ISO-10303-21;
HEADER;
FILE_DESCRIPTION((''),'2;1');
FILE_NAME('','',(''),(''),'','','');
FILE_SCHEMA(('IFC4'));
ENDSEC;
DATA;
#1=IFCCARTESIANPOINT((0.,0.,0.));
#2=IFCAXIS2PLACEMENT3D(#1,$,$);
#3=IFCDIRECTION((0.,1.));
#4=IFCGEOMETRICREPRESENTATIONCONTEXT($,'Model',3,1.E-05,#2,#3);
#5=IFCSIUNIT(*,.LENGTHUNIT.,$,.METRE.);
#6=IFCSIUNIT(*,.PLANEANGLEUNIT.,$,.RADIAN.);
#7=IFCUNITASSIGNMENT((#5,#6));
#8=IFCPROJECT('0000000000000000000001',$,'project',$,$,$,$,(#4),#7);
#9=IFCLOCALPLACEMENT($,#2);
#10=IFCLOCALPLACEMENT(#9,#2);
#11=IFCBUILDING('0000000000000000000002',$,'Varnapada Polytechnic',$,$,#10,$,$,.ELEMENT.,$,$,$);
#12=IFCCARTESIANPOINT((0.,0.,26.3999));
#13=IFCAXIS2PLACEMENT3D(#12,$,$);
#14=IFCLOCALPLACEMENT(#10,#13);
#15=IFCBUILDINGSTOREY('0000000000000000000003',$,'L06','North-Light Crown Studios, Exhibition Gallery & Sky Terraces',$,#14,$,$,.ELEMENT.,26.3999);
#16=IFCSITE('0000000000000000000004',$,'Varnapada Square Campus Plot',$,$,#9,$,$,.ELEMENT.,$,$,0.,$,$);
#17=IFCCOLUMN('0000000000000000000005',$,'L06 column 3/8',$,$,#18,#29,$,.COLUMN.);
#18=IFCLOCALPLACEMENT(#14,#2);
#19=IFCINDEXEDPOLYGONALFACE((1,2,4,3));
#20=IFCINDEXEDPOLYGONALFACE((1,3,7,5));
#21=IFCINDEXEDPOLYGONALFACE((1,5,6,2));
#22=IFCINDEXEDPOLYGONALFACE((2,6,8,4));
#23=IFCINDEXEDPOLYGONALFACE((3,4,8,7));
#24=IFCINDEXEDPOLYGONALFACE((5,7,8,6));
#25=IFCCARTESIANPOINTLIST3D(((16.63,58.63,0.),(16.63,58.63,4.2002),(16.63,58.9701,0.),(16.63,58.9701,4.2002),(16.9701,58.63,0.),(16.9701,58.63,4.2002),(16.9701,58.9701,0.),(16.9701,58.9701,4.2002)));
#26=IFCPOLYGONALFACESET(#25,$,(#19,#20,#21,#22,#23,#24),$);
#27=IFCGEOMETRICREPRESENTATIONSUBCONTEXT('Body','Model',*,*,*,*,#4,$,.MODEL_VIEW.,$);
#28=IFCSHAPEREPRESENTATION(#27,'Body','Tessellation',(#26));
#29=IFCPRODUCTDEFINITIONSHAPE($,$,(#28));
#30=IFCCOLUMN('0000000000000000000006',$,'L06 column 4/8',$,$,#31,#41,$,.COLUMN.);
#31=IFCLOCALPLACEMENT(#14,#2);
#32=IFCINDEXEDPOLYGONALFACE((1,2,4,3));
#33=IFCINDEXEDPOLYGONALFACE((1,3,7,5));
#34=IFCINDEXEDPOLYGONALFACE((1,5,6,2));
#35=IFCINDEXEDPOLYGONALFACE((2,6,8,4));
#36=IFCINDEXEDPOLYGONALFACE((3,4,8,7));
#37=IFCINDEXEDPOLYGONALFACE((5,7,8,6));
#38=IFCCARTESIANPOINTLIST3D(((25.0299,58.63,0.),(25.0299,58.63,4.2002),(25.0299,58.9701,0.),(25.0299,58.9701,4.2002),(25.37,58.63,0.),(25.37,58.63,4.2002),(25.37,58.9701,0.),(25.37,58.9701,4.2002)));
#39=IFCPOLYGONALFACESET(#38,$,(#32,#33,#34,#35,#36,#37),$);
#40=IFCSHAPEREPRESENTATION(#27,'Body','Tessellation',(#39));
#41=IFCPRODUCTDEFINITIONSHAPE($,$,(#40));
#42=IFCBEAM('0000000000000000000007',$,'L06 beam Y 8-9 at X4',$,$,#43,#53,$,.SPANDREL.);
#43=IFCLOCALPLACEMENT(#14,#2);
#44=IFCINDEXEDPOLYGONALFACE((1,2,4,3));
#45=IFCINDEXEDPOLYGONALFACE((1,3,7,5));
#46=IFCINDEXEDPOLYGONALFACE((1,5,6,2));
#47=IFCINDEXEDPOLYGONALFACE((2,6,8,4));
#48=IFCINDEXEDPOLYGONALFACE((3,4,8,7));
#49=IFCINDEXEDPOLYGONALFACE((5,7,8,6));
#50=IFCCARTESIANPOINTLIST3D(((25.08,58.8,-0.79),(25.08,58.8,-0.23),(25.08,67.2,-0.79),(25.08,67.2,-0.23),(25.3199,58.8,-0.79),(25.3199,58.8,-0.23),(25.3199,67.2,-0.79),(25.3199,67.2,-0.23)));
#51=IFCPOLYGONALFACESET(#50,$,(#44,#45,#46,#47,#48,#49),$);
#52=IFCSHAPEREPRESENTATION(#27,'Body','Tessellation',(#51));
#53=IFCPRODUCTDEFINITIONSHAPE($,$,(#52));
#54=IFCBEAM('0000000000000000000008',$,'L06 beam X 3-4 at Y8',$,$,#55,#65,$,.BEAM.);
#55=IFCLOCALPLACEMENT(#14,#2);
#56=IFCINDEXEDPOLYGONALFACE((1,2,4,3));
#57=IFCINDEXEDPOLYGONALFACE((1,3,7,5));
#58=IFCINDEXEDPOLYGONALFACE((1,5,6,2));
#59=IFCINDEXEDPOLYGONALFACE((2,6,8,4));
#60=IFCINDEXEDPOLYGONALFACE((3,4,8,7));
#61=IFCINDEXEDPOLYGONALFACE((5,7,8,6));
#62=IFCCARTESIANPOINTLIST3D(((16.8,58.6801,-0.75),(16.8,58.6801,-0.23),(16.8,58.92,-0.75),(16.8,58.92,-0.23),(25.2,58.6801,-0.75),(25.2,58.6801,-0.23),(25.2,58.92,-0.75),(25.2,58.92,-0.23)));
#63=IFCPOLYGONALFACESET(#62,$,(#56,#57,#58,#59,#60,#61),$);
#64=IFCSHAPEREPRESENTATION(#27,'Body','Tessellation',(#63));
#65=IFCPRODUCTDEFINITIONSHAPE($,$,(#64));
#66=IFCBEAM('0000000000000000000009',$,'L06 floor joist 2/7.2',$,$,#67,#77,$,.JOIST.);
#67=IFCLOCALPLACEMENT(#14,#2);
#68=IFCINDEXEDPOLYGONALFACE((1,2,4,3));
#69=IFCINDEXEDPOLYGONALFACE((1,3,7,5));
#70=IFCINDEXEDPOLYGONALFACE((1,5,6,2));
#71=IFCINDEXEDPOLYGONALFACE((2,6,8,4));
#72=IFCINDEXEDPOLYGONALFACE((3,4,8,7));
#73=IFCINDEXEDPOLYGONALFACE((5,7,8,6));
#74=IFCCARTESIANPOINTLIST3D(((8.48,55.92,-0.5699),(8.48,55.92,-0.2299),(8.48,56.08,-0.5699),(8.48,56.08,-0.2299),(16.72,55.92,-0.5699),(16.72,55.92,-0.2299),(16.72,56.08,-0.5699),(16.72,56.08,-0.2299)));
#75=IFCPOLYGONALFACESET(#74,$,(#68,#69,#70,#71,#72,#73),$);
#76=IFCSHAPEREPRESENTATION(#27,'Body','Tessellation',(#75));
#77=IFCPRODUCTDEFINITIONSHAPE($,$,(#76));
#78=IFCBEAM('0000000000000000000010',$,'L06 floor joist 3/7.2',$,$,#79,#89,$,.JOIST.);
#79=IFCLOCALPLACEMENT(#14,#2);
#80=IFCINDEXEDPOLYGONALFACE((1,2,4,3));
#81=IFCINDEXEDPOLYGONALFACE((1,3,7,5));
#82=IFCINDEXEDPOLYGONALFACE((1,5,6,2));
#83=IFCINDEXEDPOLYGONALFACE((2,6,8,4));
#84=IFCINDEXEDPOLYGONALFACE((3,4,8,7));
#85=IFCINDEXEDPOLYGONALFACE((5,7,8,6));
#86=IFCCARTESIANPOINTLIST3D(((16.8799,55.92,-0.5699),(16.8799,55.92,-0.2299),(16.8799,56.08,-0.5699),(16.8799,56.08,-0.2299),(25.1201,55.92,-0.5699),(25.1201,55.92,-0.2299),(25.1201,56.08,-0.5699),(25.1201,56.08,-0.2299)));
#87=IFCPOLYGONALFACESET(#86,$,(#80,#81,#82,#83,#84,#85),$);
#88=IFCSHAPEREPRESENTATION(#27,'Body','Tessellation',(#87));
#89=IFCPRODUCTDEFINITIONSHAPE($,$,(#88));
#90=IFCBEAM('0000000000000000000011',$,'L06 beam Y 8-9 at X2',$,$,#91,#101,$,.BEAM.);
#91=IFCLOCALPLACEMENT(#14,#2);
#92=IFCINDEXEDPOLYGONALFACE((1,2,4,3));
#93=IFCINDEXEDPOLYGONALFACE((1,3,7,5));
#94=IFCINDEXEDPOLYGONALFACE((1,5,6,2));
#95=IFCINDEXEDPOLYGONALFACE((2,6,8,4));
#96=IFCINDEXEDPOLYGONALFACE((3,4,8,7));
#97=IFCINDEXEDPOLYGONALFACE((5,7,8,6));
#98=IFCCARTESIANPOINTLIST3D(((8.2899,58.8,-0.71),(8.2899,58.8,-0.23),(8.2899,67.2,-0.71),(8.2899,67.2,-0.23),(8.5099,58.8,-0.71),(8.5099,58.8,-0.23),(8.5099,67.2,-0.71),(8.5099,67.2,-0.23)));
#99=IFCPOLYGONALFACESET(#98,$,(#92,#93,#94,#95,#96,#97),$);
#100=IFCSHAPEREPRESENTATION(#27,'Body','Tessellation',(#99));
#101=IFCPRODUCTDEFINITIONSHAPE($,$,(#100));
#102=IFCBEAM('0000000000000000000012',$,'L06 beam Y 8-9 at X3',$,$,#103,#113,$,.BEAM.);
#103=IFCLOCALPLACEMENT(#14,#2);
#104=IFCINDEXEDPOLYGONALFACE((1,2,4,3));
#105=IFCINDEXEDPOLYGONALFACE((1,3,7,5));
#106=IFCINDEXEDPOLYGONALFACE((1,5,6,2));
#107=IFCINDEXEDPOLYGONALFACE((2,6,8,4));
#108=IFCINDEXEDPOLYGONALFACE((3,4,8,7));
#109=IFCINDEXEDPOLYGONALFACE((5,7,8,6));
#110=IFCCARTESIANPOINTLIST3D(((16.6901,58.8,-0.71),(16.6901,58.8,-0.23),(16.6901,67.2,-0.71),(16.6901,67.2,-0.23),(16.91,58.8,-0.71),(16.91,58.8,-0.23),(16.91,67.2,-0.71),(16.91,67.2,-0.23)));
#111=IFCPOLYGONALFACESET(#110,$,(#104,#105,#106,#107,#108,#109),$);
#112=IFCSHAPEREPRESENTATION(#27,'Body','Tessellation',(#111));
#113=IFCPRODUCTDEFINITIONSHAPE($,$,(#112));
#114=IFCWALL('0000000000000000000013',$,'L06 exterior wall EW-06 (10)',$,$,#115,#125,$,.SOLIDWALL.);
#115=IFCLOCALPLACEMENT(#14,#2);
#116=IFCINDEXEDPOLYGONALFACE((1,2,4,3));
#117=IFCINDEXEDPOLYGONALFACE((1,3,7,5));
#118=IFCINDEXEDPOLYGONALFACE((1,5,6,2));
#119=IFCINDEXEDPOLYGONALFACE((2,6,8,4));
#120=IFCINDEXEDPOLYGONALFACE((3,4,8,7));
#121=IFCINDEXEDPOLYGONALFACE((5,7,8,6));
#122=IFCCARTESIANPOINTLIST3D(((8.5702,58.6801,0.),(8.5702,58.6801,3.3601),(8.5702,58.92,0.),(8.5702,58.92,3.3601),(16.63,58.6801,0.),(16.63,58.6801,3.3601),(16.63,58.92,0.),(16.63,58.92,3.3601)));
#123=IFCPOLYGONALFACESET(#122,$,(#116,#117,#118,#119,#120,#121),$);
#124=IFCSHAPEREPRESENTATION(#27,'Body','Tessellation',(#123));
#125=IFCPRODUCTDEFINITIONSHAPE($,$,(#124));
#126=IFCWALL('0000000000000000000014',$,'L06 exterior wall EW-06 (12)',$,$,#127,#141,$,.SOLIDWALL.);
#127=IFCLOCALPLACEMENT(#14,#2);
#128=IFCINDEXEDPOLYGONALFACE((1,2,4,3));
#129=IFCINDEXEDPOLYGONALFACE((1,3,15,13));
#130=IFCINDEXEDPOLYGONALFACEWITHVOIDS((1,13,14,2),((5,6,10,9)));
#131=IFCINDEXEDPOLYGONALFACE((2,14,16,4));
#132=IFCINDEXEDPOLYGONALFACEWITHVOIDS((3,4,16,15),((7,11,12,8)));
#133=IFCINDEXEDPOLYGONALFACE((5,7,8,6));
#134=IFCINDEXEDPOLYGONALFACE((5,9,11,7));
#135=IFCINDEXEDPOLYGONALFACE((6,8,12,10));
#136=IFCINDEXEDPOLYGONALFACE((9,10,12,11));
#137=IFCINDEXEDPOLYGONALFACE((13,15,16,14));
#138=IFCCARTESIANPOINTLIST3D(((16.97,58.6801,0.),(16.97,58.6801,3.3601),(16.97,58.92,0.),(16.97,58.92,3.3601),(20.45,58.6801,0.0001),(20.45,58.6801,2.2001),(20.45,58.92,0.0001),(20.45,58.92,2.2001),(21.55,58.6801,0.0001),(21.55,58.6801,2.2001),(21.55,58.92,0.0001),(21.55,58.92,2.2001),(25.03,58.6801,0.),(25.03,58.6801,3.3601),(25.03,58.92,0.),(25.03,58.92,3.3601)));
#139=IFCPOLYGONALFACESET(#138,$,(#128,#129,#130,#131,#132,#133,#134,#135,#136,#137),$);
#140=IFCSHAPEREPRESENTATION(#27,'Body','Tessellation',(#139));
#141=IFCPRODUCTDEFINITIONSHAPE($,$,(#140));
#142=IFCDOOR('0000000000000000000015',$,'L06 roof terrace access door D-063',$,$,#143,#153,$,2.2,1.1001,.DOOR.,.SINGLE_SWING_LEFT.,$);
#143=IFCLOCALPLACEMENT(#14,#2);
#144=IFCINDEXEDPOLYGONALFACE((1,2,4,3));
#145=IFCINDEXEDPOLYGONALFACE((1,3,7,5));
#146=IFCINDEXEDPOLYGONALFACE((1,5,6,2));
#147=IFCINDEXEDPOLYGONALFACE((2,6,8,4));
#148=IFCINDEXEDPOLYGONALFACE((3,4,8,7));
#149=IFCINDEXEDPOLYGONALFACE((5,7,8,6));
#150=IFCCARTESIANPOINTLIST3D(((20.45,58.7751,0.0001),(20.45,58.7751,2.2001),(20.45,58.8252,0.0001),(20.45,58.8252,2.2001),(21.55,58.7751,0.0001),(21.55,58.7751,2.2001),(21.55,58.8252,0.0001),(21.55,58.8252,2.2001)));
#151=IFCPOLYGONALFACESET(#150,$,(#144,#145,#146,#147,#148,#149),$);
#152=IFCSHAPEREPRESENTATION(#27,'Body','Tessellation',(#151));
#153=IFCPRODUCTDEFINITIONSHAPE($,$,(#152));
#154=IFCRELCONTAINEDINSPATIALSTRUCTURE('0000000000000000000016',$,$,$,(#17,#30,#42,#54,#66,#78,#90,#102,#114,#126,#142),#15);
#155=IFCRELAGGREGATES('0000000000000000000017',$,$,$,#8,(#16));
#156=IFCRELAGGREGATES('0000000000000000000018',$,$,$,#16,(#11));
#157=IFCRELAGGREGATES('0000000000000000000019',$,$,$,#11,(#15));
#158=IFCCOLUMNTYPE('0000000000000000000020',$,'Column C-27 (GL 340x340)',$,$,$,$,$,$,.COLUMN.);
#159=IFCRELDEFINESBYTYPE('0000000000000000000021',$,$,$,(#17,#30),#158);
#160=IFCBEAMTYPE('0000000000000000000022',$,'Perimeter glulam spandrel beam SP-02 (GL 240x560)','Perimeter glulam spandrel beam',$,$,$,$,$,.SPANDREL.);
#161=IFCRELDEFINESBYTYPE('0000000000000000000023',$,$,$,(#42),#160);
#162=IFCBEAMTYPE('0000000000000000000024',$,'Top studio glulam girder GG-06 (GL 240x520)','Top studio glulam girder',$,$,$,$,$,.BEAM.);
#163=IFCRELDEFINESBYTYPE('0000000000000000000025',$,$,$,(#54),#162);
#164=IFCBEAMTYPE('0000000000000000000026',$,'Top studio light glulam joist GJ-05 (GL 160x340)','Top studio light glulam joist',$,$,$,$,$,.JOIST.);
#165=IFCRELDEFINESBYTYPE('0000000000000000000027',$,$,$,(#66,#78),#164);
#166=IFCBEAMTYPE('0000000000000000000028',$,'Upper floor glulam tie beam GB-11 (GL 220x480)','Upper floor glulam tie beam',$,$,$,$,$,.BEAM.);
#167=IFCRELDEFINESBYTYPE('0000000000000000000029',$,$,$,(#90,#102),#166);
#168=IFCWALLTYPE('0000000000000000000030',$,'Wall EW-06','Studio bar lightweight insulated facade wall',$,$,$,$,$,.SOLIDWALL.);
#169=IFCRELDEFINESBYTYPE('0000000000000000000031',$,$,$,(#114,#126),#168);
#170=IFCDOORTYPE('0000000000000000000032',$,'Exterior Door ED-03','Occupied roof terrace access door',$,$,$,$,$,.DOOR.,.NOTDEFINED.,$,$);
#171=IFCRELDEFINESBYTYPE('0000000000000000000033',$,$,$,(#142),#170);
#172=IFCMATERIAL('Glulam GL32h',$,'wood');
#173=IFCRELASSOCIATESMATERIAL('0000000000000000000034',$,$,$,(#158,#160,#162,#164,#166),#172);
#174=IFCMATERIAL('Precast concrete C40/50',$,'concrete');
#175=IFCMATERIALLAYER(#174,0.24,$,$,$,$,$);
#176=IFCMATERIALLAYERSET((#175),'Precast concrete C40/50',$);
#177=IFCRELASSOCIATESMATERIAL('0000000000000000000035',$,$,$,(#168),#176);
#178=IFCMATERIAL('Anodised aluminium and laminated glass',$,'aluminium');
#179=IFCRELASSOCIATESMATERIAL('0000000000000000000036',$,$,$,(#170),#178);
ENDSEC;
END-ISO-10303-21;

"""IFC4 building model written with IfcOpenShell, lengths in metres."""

from ifc_helpers import new_model, si_unit, direction, frame, frame_2d, origin, origin_2d, place, context, subcontext, project, spatial, rectangle, extrude, material, layer, layer_set, material_profile, profile_set, type_object, element, fill, save


model = new_model("IFC4")

# Units and contexts
model_context = context("Model", 3, precision=1e-05, world=origin(), true_north=direction((0.0, 1.0)))
body_context = subcontext(model_context, "Body", "Model", "MODEL_VIEW")
ifc_project = project(units=[si_unit("LENGTHUNIT", "METRE"), si_unit("PLANEANGLEUNIT", "RADIAN")], contexts=[model_context])

# Site, building, storey
site_placement = place(None, origin())
site = spatial("IfcSite", under=ifc_project, at=site_placement, Name="Varnapada Square Campus Plot", CompositionType="ELEMENT", RefElevation=0.0)
building_placement = place(site_placement, origin())
building = spatial("IfcBuilding", under=site, at=building_placement, Name="Varnapada Polytechnic", CompositionType="ELEMENT")
storey_placement = place(building_placement, frame((0.0, 0.0, 26.3999)))
storey = spatial("IfcBuildingStorey", under=building, at=storey_placement, Name="L06", Description="North-Light Crown Studios, Exhibition Gallery & Sky Terraces", CompositionType="ELEMENT", Elevation=26.3999)

# Columns
ifc_material_1 = material(Name="Glulam GL32h", Category="wood")
ifc_material_profile_1 = material_profile(ifc_material_1, rectangle(XDim=0.3401, YDim=0.3401, at=origin_2d()), Name="GL 340x340")
ifc_profile_set_1 = profile_set([ifc_material_profile_1], Name="Glulam GL32h")
column_type = type_object("IfcColumnType", Name="Column C-27 (GL 340x340)", PredefinedType="COLUMN", material=ifc_profile_set_1)
for number, where, z_axis, x_axis, name in (
    (1, (16.8, 58.8, 0.0), (0.0, 0.0, 1.0), (1.0, 0.0, 0.0), "L06 column 3/8"),
    (2, (25.2, 58.8, 0.0), (0.0, 0.0, 1.0), (1.0, 0.0, 0.0), "L06 column 4/8"),
):
    element("IfcColumn", number, at=place(storey_placement, frame(where, z_axis=z_axis, x_axis=x_axis)), inside=storey, type_object=column_type, Name=name, PredefinedType="COLUMN", context=body_context, shape_type="SweptSolid", body=[
        extrude(rectangle(XDim=0.3401, YDim=0.3401, at=origin_2d()), origin(), (0.0, 0.0, 1.0), 4.2002),
    ])

# Beams
ifc_material_profile_2 = material_profile(ifc_material_1, rectangle(XDim=0.24, YDim=0.5601, at=origin_2d()), Name="GL 240x560")
ifc_profile_set_2 = profile_set([ifc_material_profile_2], Name="Glulam GL32h")
beam_type_1 = type_object("IfcBeamType", Name="Perimeter glulam spandrel beam SP-02 (GL 240x560)", Description="Perimeter glulam spandrel beam", PredefinedType="SPANDREL", material=ifc_profile_set_2)
beam_1_placement = place(storey_placement, frame((25.2, 58.8, -0.51), z_axis=(0.0, 1.0, 0.0), x_axis=(-1.0, 0.0, 0.0)))
element("IfcBeam", 3, at=beam_1_placement, inside=storey, type_object=beam_type_1, Name="L06 beam Y 8-9 at X4", PredefinedType="SPANDREL", context=body_context, shape_type="SweptSolid", body=[
    extrude(rectangle(XDim=0.24, YDim=0.5601, at=origin_2d()), origin(), (0.0, 0.0, 1.0), 8.3999),
])
ifc_material_profile_3 = material_profile(ifc_material_1, rectangle(XDim=0.24, YDim=0.52, at=origin_2d()), Name="GL 240x520")
ifc_profile_set_3 = profile_set([ifc_material_profile_3], Name="Glulam GL32h")
beam_type_2 = type_object("IfcBeamType", Name="Top studio glulam girder GG-06 (GL 240x520)", Description="Top studio glulam girder", PredefinedType="BEAM", material=ifc_profile_set_3)
beam_2_placement = place(storey_placement, frame((16.8, 58.8, -0.49), z_axis=(1.0, 0.0, 0.0), x_axis=(0.0, 1.0, 0.0)))
element("IfcBeam", 4, at=beam_2_placement, inside=storey, type_object=beam_type_2, Name="L06 beam X 3-4 at Y8", PredefinedType="BEAM", context=body_context, shape_type="SweptSolid", body=[
    extrude(rectangle(XDim=0.24, YDim=0.52, at=origin_2d()), origin(), (0.0, 0.0, 1.0), 8.3999),
])
ifc_material_profile_4 = material_profile(ifc_material_1, rectangle(XDim=0.1599, YDim=0.3401, at=origin_2d()), Name="GL 160x340")
ifc_profile_set_4 = profile_set([ifc_material_profile_4], Name="Glulam GL32h")
beam_type_3 = type_object("IfcBeamType", Name="Top studio light glulam joist GJ-05 (GL 160x340)", Description="Top studio light glulam joist", PredefinedType="JOIST", material=ifc_profile_set_4)
beam_3_placement = place(storey_placement, frame((8.48, 56.0, -0.3999), z_axis=(1.0, 0.0, 0.0), x_axis=(0.0, 1.0, 0.0)))
element("IfcBeam", 5, at=beam_3_placement, inside=storey, type_object=beam_type_3, Name="L06 floor joist 2/7.2", PredefinedType="JOIST", context=body_context, shape_type="SweptSolid", body=[
    extrude(rectangle(XDim=0.1599, YDim=0.3401, at=origin_2d()), origin(), (0.0, 0.0, 1.0), 8.24),
])
beam_4_placement = place(storey_placement, frame((16.8799, 56.0, -0.3999), z_axis=(1.0, 0.0, 0.0), x_axis=(0.0, 1.0, 0.0)))
element("IfcBeam", 6, at=beam_4_placement, inside=storey, type_object=beam_type_3, Name="L06 floor joist 3/7.2", PredefinedType="JOIST", context=body_context, shape_type="SweptSolid", body=[
    extrude(rectangle(XDim=0.1599, YDim=0.3401, at=origin_2d()), origin(), (0.0, 0.0, 1.0), 8.2402),
])
ifc_material_profile_5 = material_profile(ifc_material_1, rectangle(XDim=0.22, YDim=0.48, at=origin_2d()), Name="GL 220x480")
ifc_profile_set_5 = profile_set([ifc_material_profile_5], Name="Glulam GL32h")
beam_type_4 = type_object("IfcBeamType", Name="Upper floor glulam tie beam GB-11 (GL 220x480)", Description="Upper floor glulam tie beam", PredefinedType="BEAM", material=ifc_profile_set_5)
for number, where, z_axis, x_axis, name in (
    (7, (8.3999, 58.8, -0.47), (0.0, 1.0, 0.0), (-1.0, 0.0, 0.0), "L06 beam Y 8-9 at X2"),
    (8, (16.8, 58.8, -0.47), (0.0, 1.0, 0.0), (-1.0, 0.0, 0.0), "L06 beam Y 8-9 at X3"),
):
    element("IfcBeam", number, at=place(storey_placement, frame(where, z_axis=z_axis, x_axis=x_axis)), inside=storey, type_object=beam_type_4, Name=name, PredefinedType="BEAM", context=body_context, shape_type="SweptSolid", body=[
        extrude(rectangle(XDim=0.22, YDim=0.48, at=origin_2d()), origin(), (0.0, 0.0, 1.0), 8.3999),
    ])

# Wall
ifc_material_2 = material(Name="Precast concrete C40/50", Category="concrete")
ifc_layer = layer(ifc_material_2, 0.24)
ifc_layer_set = layer_set([ifc_layer], Name="Precast concrete C40/50")
wall_type = type_object("IfcWallType", Name="Wall EW-06", Description="Studio bar lightweight insulated facade wall", PredefinedType="SOLIDWALL", material=ifc_layer_set)
wall_1_placement = place(storey_placement, frame((16.6299, 58.8, 0.0), z_axis=(0.0, 0.0, 1.0), x_axis=(-1.0, 0.0, 0.0)))
element("IfcWall", 9, at=wall_1_placement, inside=storey, type_object=wall_type, Name="L06 exterior wall EW-06 (10)", PredefinedType="SOLIDWALL", context=body_context, shape_type="SweptSolid", body=[
    extrude(rectangle(XDim=8.0598, YDim=0.24, at=frame_2d((4.0298, 0.0))), origin(), (0.0, 0.0, 1.0), 3.3601),
])

# Wall, opening, door
wall_2_placement = place(storey_placement, frame((25.03, 58.8, 0.0), z_axis=(0.0, 0.0, 1.0), x_axis=(-1.0, 0.0, 0.0)))
wall_2 = element("IfcWall", 10, at=wall_2_placement, inside=storey, type_object=wall_type, Name="L06 exterior wall EW-06 (12)", PredefinedType="SOLIDWALL", context=body_context, shape_type="SweptSolid", body=[
    extrude(rectangle(XDim=8.0601, YDim=0.24, at=frame_2d((4.03, 0.0))), origin(), (0.0, 0.0, 1.0), 3.3601),
])
opening_placement = place(wall_2_placement, frame((3.48, 0.0, 0.0)))
opening = element("IfcOpeningElement", 11, at=opening_placement, cuts=wall_2, PredefinedType="OPENING", context=body_context, shape_type="SweptSolid", body=[
    extrude(rectangle(XDim=1.1001, YDim=2.2, at=frame_2d((0.55, 1.1001))), frame((0.0, 0.1299, 0.0), z_axis=(0.0, -1.0, 0.0), x_axis=(1.0, 0.0, 0.0)), (0.0, 0.0, 1.0), 0.26),
])
ifc_material_3 = material(Name="Anodised aluminium and laminated glass", Category="aluminium")
door_type = type_object("IfcDoorType", Name="Exterior Door ED-03", Description="Occupied roof terrace access door", OperationType="NOTDEFINED", PredefinedType="DOOR", material=ifc_material_3)
door_placement = place(opening_placement, origin())
door = element("IfcDoor", 12, at=door_placement, inside=storey, type_object=door_type, Name="L06 roof terrace access door D-063", OperationType="SINGLE_SWING_LEFT", OverallHeight=2.2, OverallWidth=1.1001, PredefinedType="DOOR", context=body_context, shape_type="SweptSolid", body=[
    extrude(rectangle(XDim=1.1001, YDim=2.2, at=frame_2d((0.55, 1.1001))), frame((0.0, 0.0249, 0.0), z_axis=(0.0, -1.0, 0.0), x_axis=(1.0, 0.0, 0.0)), (0.0, 0.0, 1.0), 0.05),
])
fill(opening, door)

save(model, "model.ifc")
